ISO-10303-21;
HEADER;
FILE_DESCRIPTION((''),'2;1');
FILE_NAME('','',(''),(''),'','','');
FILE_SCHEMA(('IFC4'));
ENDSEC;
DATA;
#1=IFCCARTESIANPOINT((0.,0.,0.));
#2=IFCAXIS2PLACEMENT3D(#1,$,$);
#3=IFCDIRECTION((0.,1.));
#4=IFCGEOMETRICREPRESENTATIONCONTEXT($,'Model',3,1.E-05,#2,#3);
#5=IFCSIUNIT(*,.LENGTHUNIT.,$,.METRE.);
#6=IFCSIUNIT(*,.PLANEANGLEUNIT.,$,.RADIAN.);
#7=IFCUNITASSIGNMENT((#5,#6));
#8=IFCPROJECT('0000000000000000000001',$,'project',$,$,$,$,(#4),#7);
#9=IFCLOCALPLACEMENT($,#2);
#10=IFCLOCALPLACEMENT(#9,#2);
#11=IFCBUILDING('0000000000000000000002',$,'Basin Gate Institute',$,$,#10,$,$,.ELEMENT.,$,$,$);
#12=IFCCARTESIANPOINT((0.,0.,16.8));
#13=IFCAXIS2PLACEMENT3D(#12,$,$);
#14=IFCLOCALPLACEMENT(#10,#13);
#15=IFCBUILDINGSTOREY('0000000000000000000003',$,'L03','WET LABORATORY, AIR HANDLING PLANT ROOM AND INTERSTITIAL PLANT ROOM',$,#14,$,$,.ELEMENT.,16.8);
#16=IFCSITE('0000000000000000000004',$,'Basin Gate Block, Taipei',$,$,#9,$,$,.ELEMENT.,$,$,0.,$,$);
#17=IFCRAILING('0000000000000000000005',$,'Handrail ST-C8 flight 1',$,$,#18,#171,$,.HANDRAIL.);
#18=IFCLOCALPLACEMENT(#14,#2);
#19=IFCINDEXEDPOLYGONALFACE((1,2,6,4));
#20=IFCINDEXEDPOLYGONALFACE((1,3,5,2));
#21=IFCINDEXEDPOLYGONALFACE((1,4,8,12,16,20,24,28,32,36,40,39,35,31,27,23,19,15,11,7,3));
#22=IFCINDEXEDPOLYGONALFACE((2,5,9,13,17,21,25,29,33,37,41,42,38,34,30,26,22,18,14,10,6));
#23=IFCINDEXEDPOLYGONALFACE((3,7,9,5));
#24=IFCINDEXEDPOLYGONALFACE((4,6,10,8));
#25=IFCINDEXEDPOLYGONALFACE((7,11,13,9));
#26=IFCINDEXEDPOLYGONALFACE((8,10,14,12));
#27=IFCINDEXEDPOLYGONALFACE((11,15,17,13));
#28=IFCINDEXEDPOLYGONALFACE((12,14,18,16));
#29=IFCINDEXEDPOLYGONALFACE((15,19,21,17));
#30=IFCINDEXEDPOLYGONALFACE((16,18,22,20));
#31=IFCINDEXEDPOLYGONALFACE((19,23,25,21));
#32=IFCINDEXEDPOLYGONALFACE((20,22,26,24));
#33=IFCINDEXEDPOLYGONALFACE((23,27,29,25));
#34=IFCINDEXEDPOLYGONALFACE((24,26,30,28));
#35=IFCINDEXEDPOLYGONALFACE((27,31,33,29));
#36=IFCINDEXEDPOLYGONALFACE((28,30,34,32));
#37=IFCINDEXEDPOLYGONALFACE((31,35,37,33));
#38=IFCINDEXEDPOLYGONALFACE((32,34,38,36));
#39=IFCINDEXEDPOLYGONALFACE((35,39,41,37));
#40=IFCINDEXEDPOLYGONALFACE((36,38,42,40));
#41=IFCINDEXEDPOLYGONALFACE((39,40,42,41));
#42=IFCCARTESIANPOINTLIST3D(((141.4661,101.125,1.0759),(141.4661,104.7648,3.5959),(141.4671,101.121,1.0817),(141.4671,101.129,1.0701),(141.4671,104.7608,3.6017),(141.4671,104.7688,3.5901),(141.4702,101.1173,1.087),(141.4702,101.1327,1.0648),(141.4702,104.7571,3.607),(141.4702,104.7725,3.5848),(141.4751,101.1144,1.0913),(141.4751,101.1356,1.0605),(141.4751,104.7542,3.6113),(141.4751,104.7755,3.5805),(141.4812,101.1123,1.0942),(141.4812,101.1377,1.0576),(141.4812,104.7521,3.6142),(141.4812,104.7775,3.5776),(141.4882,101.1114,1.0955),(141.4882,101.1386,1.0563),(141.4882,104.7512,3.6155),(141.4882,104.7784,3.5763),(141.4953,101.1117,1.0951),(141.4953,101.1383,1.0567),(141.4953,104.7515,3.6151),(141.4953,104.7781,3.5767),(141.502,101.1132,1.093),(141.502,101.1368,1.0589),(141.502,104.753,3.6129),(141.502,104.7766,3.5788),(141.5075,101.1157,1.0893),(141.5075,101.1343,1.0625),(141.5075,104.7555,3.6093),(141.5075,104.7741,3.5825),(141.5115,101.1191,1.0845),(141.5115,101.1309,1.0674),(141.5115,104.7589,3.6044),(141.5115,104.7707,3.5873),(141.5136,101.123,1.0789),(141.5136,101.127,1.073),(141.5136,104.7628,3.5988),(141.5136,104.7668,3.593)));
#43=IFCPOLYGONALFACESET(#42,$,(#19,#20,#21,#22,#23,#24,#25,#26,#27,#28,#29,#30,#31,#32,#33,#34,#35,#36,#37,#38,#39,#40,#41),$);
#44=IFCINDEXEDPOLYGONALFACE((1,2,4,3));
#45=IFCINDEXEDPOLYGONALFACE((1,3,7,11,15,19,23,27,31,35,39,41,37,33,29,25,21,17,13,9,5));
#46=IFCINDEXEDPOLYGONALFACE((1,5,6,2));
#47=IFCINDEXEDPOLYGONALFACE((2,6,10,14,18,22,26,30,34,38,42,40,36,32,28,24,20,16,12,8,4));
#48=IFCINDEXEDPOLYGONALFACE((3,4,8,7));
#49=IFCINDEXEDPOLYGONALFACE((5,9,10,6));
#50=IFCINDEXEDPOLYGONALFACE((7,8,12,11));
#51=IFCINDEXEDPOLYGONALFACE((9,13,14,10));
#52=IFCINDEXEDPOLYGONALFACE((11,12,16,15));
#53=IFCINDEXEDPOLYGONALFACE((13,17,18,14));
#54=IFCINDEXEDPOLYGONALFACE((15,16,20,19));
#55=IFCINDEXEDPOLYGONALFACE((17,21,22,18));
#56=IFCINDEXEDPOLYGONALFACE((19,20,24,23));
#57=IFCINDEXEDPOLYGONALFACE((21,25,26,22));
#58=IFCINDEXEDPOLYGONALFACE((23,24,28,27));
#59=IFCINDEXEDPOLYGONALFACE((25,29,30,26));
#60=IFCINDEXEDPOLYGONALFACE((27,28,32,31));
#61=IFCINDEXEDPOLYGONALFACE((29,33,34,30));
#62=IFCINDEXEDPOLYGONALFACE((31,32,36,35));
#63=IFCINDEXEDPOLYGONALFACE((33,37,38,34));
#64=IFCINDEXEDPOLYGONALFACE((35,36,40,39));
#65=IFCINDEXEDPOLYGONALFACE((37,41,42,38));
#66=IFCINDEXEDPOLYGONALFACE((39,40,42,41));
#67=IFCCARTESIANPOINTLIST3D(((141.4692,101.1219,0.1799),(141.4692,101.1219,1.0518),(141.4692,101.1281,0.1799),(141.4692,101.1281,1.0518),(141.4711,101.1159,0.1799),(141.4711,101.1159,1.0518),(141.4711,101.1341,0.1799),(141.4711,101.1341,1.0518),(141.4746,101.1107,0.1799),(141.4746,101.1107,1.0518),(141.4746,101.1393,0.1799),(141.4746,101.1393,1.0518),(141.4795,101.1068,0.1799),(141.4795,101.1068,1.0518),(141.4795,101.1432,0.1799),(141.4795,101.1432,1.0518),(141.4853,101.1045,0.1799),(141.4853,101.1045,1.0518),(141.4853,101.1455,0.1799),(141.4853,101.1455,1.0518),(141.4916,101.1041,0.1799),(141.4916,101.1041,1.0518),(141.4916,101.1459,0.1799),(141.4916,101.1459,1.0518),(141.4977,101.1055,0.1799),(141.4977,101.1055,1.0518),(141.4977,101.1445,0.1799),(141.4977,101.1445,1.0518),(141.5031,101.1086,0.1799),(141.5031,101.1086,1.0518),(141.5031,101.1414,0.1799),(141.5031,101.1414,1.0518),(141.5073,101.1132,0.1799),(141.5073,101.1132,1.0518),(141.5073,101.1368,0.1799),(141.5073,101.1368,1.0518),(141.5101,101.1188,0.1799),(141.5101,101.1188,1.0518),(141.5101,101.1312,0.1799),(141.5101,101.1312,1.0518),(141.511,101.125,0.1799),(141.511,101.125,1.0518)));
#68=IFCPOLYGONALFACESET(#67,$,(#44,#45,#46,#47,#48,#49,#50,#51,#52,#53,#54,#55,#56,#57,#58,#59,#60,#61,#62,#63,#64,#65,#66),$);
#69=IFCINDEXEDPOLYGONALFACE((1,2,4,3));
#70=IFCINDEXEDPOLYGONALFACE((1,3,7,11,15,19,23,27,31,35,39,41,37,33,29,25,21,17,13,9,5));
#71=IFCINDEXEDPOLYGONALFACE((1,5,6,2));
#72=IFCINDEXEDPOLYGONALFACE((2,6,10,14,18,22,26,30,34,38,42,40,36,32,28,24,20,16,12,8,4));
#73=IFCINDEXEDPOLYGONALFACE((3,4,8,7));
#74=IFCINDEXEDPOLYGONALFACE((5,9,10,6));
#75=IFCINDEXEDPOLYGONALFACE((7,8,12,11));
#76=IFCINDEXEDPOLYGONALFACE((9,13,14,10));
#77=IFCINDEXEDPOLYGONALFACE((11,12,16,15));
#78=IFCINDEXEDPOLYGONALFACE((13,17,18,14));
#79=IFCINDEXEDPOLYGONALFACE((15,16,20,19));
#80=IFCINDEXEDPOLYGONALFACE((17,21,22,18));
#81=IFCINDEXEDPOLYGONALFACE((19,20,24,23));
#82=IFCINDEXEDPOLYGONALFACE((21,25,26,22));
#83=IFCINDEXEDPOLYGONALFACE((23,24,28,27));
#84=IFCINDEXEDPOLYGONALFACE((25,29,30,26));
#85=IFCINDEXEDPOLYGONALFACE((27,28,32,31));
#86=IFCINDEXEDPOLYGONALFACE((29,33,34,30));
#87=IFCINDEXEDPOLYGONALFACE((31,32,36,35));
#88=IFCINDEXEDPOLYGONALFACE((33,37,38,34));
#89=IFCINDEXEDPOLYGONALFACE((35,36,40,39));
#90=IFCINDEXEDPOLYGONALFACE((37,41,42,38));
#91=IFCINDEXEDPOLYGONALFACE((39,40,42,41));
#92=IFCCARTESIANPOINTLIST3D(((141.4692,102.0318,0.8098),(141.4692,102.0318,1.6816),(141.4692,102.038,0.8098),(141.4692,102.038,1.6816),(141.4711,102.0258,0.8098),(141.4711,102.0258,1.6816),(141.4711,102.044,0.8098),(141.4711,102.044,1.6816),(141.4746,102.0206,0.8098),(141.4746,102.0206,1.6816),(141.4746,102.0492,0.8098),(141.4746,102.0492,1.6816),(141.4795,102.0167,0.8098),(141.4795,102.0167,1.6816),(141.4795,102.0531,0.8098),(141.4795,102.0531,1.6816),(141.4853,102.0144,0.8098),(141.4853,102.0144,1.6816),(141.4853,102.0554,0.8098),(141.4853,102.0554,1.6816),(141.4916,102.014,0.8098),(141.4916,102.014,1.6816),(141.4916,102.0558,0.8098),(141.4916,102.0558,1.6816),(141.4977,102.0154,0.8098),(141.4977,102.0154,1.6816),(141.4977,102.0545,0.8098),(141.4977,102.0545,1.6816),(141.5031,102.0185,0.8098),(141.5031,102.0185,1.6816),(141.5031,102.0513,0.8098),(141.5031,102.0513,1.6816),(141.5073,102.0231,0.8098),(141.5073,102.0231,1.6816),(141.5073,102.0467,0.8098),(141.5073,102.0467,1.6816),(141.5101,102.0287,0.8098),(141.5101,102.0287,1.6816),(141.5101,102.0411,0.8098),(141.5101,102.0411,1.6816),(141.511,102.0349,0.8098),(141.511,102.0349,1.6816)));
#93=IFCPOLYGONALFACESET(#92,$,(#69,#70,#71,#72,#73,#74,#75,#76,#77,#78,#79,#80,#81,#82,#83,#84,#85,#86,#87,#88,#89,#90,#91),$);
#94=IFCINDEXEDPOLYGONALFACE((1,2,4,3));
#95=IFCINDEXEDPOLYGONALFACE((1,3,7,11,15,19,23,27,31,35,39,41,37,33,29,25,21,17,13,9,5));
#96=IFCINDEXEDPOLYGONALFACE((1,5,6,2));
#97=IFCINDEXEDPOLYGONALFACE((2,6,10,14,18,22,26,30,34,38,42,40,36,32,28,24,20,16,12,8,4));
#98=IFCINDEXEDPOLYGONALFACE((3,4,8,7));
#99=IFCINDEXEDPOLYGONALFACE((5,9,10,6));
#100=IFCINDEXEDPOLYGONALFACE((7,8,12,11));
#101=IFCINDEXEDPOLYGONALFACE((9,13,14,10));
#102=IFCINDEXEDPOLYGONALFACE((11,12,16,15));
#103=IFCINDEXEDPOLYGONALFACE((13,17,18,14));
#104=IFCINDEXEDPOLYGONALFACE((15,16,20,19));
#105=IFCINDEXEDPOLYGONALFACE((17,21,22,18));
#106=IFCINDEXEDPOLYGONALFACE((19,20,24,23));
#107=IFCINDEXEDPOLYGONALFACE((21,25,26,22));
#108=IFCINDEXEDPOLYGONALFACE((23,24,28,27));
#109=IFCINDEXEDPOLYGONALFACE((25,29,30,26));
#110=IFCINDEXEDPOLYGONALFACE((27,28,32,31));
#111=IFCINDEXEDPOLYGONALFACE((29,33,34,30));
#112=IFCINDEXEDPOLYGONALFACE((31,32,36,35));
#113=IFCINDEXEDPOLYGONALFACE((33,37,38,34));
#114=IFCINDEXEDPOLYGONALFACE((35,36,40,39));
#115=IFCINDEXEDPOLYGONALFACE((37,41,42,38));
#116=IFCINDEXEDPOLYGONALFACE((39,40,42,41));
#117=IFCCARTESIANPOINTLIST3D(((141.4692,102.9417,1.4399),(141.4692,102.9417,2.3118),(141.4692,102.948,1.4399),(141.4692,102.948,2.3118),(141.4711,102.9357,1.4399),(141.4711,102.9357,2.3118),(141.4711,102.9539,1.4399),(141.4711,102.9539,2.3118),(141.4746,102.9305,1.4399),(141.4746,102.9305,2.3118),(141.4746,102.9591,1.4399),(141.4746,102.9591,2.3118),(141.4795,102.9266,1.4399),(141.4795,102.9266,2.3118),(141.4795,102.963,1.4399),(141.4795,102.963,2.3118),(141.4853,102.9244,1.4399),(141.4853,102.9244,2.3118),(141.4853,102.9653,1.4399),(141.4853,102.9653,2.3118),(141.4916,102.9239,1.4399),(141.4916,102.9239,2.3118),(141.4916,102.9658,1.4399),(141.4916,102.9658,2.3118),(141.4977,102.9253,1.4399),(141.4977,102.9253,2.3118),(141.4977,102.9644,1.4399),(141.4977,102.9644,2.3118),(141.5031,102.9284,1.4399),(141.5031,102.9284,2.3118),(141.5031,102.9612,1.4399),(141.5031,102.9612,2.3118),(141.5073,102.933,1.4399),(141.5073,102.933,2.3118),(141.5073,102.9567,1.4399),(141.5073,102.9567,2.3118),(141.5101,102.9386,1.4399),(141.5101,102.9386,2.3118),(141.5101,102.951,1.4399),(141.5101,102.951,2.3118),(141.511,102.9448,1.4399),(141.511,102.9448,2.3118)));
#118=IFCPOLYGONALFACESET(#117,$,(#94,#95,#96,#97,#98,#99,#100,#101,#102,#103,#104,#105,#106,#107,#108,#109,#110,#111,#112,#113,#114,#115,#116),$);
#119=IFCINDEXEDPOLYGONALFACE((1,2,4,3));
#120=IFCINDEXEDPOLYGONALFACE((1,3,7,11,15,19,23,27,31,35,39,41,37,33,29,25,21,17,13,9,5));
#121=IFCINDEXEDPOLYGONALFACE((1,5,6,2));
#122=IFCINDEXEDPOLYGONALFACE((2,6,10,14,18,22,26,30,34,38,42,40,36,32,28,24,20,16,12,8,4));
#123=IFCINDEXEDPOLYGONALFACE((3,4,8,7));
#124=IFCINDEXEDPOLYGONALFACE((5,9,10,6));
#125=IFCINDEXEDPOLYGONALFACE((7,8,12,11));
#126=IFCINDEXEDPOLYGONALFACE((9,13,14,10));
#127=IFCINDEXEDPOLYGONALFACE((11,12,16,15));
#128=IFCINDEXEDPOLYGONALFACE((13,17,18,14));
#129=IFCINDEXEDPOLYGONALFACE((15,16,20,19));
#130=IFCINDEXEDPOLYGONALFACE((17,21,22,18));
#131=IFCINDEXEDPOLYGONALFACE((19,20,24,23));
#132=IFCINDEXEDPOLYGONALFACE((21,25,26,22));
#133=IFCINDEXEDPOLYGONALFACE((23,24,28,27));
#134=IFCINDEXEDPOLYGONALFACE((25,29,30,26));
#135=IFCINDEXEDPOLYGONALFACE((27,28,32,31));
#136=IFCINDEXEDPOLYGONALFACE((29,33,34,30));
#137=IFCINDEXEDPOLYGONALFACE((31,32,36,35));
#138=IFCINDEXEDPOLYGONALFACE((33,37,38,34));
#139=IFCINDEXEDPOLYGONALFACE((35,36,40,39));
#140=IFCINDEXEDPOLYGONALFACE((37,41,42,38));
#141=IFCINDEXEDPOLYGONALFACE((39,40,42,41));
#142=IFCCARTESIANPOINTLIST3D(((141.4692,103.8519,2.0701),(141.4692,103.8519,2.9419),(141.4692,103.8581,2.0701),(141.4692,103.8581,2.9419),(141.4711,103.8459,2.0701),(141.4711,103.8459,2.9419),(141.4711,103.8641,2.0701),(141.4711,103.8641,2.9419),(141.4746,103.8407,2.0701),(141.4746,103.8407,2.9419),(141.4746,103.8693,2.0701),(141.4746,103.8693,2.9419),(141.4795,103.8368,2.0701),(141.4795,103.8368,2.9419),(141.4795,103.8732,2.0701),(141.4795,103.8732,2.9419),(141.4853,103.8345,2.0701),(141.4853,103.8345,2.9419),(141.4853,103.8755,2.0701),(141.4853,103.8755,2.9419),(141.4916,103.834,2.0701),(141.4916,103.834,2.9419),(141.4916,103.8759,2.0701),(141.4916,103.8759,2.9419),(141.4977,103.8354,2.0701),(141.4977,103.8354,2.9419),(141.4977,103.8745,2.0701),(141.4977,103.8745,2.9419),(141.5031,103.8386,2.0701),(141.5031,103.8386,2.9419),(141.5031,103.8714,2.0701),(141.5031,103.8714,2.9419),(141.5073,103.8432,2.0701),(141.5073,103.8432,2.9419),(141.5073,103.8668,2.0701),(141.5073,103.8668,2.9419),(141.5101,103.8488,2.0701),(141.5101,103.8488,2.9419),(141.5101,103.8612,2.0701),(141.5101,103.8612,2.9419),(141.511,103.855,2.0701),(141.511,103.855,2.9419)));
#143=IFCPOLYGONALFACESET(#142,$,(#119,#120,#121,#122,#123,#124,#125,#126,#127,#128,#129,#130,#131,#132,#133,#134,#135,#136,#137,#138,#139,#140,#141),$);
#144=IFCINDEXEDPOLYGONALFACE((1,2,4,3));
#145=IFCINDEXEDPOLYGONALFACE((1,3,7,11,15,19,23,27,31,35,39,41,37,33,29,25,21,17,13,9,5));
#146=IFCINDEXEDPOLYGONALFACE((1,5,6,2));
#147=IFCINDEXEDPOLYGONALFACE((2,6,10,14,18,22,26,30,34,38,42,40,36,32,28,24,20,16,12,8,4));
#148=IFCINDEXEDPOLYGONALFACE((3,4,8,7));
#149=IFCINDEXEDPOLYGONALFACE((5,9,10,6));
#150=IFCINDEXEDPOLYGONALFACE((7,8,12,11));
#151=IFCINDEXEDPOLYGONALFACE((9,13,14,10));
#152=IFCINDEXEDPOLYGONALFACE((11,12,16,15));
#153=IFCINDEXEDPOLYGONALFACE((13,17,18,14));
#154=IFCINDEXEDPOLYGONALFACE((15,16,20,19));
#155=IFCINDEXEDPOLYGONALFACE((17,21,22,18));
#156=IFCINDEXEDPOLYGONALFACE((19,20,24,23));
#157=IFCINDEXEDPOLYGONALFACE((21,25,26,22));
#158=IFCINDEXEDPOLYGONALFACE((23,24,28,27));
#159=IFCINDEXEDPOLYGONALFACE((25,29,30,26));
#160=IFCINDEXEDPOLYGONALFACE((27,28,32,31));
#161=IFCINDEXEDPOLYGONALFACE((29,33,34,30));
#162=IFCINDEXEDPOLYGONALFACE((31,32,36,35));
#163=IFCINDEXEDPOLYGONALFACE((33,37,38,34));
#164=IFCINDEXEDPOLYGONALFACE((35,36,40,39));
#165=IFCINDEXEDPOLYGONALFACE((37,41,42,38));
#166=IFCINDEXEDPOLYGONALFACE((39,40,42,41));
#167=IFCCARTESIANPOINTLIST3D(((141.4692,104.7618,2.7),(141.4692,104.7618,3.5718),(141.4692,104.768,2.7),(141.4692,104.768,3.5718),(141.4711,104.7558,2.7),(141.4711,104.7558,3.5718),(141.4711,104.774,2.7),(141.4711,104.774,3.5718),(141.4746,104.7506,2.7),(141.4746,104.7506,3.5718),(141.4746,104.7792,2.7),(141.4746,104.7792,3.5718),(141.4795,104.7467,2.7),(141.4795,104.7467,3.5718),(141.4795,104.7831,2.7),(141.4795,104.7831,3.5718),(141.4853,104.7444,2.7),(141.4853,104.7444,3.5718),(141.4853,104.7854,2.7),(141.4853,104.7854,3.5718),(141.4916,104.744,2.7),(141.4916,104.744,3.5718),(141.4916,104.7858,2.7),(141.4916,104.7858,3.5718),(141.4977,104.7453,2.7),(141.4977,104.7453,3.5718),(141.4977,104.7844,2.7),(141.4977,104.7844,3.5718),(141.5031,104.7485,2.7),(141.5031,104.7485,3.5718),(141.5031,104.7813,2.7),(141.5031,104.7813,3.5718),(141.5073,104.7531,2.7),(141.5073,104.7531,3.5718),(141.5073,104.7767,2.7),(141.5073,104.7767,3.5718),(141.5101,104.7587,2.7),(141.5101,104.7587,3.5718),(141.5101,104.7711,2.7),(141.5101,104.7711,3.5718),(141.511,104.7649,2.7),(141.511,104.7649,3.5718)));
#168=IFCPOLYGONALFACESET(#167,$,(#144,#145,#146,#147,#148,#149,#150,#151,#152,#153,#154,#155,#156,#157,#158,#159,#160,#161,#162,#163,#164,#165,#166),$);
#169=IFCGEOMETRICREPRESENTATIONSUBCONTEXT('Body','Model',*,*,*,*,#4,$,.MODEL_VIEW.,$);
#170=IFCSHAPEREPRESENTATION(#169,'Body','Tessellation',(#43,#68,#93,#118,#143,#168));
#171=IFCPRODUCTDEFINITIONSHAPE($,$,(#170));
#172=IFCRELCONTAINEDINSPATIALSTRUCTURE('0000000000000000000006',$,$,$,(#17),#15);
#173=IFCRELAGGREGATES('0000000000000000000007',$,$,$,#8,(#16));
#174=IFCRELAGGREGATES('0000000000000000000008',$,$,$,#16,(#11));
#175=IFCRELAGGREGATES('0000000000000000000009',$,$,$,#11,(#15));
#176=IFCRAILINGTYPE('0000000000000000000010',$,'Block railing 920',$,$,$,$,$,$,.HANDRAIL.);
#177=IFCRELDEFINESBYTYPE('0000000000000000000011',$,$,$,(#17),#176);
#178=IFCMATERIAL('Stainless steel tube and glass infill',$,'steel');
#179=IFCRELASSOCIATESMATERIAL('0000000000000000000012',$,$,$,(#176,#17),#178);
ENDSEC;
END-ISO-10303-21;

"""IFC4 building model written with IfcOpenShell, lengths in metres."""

from ifc_helpers import new_model, si_unit, direction, frame, origin, origin_2d, place, context, subcontext, project, spatial, circle, extrude, material, type_object, element, save


model = new_model("IFC4")

# Units and contexts
model_context = context("Model", 3, precision=1e-05, world=origin(), true_north=direction((0.0, 1.0)))
body_context = subcontext(model_context, "Body", "Model", "MODEL_VIEW")
ifc_project = project(units=[si_unit("LENGTHUNIT", "METRE"), si_unit("PLANEANGLEUNIT", "RADIAN")], contexts=[model_context])

# Site, building, storey
site_placement = place(None, origin())
site = spatial("IfcSite", under=ifc_project, at=site_placement, Name="Basin Gate Block, Taipei", CompositionType="ELEMENT", RefElevation=0.0)
building_placement = place(site_placement, origin())
building = spatial("IfcBuilding", under=site, at=building_placement, Name="Basin Gate Institute", CompositionType="ELEMENT")
storey_placement = place(building_placement, frame((0.0, 0.0, 16.8)))
storey = spatial("IfcBuildingStorey", under=building, at=storey_placement, Name="L03", Description="WET LABORATORY, AIR HANDLING PLANT ROOM AND INTERSTITIAL PLANT ROOM", CompositionType="ELEMENT", Elevation=16.8)

# Railing
ifc_material_1 = material(Name="Stainless steel tube and glass infill", Category="steel")
railing_type_1 = type_object("IfcRailingType", Name="Block railing 920", PredefinedType="HANDRAIL", material=ifc_material_1)
for number, where, name in (
    (1, (141.49, 101.125, 0.1799), "Handrail ST-C8 flight 1"),
):
    element("IfcRailing", number, at=place(storey_placement, frame(where)), inside=storey, type_object=railing_type_1, material=ifc_material_1, Name=name, PredefinedType="HANDRAIL", context=body_context, shape_type="SweptSolid", body=[
        extrude(circle(Radius=0.0239, at=origin_2d()), frame((0.0, 0.0, 0.896), z_axis=(0.0, 0.822182, 0.569224), x_axis=(-1.0, 0.0, 0.0)), (0.0, 0.0, 1.0), 4.427),
        extrude(circle(Radius=0.021, at=origin_2d()), origin(), (0.0, 0.0, 1.0), 0.8718),
        extrude(circle(Radius=0.021, at=origin_2d()), frame((0.0, 0.9099, 0.6299)), (0.0, 0.0, 1.0), 0.8718),
        extrude(circle(Radius=0.021, at=origin_2d()), frame((0.0, 1.8198, 1.26)), (0.0, 0.0, 1.0), 0.8718),
        extrude(circle(Radius=0.021, at=origin_2d()), frame((0.0, 2.73, 1.8901)), (0.0, 0.0, 1.0), 0.8718),
        extrude(circle(Radius=0.021, at=origin_2d()), frame((0.0, 3.6399, 2.52)), (0.0, 0.0, 1.0), 0.8718),
    ])

save(model, "model.ifc")
